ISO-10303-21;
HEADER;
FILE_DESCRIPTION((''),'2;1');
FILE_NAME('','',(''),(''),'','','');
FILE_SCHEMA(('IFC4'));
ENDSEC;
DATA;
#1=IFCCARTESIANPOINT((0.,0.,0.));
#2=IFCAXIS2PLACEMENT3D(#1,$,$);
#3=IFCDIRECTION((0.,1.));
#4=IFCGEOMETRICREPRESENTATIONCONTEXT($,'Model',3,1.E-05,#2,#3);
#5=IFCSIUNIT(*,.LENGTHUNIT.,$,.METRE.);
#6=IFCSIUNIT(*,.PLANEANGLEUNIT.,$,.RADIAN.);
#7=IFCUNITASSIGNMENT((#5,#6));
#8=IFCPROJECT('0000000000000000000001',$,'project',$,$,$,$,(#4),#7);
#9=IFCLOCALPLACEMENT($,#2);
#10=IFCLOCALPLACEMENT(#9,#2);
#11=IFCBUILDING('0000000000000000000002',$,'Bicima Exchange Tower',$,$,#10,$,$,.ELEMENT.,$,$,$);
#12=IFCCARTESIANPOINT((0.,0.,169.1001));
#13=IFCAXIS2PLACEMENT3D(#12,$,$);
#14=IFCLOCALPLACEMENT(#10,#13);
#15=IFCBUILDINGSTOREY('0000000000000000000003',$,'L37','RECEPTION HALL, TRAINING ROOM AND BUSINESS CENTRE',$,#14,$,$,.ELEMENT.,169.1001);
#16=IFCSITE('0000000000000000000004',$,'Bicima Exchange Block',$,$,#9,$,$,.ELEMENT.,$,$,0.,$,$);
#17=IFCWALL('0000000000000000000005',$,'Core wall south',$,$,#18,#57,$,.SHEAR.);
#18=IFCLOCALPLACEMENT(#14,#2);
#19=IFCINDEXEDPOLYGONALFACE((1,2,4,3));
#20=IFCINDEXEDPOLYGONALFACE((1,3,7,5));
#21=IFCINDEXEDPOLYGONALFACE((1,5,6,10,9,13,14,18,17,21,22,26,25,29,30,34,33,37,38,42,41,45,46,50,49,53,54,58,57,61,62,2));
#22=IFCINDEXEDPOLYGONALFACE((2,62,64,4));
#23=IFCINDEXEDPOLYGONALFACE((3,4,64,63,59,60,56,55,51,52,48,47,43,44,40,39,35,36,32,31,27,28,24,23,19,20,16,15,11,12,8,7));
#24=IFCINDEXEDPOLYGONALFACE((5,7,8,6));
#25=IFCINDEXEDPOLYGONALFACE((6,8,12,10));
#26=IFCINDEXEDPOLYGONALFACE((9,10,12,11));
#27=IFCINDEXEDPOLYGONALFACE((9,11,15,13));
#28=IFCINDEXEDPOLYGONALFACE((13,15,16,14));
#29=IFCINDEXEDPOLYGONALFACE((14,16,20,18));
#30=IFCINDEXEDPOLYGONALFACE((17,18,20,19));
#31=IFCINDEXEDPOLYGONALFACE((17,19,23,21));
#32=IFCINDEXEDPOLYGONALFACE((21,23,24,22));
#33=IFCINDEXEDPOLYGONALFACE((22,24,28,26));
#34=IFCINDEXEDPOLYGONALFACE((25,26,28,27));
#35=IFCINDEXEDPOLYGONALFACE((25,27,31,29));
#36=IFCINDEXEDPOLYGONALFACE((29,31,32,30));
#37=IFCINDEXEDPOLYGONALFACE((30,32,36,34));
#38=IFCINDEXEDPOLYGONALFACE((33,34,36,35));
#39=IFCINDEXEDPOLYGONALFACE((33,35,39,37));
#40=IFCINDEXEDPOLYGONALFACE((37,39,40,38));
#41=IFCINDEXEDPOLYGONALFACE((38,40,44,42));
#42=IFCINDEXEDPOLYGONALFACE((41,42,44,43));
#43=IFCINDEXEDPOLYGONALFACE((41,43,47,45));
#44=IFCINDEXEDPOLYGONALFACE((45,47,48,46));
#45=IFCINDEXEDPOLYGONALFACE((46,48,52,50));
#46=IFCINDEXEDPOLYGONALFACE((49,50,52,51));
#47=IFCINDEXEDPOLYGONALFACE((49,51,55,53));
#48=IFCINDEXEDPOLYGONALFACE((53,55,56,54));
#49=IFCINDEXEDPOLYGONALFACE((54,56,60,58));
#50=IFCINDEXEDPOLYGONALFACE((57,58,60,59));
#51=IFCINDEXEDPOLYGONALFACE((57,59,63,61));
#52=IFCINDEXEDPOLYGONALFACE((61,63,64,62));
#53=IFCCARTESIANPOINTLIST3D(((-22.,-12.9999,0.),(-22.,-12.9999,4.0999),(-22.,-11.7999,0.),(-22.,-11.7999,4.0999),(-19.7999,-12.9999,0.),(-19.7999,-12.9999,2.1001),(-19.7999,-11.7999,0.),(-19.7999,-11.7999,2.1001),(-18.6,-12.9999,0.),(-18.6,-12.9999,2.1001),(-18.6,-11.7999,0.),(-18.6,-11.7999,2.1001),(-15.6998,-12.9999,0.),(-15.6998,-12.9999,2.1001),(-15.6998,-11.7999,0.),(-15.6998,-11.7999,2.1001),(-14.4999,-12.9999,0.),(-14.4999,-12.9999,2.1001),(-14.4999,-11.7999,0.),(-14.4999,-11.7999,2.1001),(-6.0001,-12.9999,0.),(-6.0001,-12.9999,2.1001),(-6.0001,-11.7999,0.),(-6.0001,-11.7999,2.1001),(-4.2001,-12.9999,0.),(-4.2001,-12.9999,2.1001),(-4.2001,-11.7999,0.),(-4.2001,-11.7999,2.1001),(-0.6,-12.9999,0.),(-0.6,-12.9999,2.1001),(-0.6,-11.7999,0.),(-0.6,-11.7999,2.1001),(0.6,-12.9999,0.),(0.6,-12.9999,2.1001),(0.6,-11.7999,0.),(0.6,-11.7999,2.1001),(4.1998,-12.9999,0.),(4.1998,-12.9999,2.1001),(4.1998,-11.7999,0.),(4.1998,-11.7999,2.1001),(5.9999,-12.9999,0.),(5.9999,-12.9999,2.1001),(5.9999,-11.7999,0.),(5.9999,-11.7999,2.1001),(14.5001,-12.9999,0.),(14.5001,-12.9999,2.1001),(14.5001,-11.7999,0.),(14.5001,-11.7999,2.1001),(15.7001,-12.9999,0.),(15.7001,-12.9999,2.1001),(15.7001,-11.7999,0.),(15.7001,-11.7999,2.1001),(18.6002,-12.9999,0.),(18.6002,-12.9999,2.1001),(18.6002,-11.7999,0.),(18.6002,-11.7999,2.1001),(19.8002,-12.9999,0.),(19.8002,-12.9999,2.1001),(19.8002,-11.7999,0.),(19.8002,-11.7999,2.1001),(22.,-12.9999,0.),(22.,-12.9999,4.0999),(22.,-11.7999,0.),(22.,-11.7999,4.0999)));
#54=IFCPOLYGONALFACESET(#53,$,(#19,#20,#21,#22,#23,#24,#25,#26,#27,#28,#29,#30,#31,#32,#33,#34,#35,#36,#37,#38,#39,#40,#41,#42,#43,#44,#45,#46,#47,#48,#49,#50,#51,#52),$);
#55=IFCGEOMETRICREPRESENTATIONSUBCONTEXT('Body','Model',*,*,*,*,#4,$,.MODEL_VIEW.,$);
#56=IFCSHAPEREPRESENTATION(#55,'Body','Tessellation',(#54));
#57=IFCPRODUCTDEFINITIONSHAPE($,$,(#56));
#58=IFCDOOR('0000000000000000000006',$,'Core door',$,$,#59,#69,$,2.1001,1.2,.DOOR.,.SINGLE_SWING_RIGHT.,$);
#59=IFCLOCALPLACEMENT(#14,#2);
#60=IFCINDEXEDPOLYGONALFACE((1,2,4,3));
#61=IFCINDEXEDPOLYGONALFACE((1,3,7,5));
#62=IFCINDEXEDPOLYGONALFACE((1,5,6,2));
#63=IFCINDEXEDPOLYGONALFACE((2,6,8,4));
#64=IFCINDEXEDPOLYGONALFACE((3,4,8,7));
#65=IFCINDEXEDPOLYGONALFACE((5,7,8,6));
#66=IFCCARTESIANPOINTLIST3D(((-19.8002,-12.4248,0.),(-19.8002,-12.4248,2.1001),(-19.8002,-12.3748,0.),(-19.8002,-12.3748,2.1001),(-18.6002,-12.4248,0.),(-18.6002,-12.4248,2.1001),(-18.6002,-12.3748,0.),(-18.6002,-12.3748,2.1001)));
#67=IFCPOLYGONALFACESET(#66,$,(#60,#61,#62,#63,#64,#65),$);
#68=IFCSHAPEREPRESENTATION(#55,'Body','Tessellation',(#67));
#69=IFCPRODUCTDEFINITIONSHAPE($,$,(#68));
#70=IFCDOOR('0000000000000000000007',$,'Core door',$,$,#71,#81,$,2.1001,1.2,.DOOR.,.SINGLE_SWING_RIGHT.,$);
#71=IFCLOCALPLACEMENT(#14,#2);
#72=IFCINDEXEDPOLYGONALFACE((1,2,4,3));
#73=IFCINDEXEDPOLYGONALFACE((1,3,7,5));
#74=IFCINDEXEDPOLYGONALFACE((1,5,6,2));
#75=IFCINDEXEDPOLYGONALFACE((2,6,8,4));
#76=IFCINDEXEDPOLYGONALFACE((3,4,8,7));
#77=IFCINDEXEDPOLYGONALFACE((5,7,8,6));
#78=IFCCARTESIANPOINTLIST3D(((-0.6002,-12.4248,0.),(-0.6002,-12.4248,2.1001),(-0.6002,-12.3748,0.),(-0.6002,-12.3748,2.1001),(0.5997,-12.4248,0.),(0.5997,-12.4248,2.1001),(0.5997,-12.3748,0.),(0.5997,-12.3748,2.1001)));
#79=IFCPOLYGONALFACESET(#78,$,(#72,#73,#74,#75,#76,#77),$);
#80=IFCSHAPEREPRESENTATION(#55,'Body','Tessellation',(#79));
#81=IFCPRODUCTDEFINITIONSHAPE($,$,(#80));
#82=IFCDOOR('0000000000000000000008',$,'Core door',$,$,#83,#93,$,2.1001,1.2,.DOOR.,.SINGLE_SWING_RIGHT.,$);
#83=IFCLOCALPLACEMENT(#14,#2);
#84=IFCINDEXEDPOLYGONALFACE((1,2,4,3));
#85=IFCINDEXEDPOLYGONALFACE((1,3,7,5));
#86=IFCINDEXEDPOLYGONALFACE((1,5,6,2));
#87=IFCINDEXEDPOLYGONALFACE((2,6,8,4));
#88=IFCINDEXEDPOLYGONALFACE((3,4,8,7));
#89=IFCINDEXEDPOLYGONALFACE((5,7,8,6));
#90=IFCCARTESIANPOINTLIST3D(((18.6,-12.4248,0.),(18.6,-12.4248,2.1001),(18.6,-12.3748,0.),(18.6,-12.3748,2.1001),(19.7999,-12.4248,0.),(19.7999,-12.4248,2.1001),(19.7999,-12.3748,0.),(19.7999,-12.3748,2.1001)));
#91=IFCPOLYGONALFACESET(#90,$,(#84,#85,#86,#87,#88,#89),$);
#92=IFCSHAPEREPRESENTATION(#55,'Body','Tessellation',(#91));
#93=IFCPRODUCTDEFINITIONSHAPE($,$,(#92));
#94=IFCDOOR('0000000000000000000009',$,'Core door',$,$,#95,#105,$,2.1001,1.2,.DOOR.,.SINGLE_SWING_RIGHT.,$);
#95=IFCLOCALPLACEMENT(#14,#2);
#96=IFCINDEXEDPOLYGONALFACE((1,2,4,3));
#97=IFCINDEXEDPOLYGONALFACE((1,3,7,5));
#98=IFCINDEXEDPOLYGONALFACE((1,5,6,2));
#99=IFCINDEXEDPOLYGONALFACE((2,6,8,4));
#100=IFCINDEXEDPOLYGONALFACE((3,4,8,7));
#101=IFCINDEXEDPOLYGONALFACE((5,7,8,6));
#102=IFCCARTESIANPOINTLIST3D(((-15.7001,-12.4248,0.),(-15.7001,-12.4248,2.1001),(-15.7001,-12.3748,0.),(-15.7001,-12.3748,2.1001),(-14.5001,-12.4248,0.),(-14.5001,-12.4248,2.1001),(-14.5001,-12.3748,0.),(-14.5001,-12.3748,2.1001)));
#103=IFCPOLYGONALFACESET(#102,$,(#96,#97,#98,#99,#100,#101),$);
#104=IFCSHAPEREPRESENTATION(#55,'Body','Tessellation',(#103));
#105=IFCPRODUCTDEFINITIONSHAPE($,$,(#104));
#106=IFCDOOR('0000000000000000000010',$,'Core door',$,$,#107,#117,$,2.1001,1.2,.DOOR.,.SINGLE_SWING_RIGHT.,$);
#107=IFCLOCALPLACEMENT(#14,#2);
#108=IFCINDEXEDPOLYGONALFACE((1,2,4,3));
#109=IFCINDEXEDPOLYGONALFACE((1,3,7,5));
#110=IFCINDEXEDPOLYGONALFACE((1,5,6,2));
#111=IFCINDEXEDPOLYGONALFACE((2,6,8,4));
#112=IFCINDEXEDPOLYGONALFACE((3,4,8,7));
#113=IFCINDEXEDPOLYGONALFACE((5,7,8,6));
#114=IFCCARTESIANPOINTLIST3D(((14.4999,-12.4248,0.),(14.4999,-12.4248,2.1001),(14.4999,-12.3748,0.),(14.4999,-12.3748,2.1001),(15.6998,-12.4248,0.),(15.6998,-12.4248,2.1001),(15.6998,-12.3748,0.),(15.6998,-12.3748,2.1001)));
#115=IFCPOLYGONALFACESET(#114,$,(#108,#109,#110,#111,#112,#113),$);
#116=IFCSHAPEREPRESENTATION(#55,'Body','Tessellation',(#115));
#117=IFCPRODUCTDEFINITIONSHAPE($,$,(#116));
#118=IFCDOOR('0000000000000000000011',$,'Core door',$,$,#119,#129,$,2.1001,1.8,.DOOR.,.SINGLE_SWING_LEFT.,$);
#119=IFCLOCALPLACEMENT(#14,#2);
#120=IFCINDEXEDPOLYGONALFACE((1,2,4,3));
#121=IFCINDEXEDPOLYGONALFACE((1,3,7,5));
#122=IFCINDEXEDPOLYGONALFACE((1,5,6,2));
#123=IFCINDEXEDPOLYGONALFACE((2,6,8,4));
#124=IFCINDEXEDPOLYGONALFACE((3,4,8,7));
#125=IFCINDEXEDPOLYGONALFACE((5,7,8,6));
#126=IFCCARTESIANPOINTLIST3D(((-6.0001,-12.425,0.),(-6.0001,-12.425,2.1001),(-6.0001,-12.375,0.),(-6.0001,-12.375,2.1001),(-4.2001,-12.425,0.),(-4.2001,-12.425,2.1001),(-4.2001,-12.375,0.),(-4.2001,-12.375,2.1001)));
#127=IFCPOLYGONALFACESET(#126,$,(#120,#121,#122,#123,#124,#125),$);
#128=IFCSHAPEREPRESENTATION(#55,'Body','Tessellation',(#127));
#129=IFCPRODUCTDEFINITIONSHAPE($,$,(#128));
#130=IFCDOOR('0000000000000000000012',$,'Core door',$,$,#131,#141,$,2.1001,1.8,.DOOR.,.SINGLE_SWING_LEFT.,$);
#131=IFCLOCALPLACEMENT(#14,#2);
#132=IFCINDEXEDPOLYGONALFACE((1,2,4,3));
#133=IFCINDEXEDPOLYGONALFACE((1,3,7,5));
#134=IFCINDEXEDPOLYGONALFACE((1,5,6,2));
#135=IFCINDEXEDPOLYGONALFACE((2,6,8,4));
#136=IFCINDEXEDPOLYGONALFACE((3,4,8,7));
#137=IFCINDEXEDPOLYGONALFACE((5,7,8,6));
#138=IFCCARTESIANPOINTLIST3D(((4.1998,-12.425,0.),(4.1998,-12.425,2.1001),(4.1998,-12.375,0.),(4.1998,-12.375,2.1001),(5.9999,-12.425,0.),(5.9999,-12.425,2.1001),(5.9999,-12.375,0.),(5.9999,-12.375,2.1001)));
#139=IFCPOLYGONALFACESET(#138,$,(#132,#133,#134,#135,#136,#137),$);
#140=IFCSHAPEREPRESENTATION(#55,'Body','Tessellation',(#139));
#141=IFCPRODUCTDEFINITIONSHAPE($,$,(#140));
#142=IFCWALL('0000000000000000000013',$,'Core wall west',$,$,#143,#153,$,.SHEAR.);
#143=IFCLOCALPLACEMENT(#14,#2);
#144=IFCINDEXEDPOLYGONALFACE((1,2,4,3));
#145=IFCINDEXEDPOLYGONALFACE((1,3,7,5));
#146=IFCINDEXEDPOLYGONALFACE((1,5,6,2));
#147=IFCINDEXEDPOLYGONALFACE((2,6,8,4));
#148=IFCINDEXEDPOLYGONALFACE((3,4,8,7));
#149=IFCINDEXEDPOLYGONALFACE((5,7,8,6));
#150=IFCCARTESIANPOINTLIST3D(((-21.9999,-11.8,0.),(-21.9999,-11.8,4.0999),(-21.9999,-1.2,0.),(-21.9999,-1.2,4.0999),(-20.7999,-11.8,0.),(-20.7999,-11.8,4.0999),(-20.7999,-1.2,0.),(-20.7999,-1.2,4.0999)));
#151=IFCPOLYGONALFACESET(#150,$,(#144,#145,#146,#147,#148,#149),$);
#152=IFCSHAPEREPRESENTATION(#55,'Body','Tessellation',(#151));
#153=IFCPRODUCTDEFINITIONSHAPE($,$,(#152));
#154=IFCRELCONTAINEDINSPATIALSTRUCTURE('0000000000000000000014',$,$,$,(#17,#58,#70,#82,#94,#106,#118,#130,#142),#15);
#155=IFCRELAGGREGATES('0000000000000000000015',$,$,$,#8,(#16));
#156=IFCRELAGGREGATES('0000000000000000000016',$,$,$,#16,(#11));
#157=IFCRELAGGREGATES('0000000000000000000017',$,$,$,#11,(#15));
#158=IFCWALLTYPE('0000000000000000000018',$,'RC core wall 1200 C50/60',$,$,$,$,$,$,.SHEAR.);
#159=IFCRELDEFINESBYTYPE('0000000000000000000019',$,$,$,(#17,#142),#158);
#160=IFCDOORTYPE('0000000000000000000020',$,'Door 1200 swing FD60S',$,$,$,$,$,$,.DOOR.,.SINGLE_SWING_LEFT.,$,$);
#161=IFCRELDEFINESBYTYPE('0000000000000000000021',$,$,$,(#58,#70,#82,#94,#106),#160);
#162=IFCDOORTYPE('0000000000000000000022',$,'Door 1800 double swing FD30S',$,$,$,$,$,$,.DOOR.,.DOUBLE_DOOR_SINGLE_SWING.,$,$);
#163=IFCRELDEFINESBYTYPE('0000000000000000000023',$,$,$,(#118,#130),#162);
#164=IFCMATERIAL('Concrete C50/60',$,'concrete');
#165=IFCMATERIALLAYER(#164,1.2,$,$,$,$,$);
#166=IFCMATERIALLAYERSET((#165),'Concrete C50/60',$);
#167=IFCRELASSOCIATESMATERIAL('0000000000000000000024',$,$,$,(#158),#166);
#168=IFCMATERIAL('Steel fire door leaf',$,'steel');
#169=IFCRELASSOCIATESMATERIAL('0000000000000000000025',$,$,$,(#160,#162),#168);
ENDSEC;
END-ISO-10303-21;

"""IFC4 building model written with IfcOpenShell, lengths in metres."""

from ifc_helpers import new_model, si_unit, direction, frame, frame_2d, origin, place, context, subcontext, project, spatial, rectangle, extrude, material, layer, layer_set, type_object, element, fill, save


model = new_model("IFC4")

# Units and contexts
model_context = context("Model", 3, precision=1e-05, world=origin(), true_north=direction((0.0, 1.0)))
body_context = subcontext(model_context, "Body", "Model", "MODEL_VIEW")
ifc_project = project(units=[si_unit("LENGTHUNIT", "METRE"), si_unit("PLANEANGLEUNIT", "RADIAN")], contexts=[model_context])

# Site, building, storey
site_placement = place(None, origin())
site = spatial("IfcSite", under=ifc_project, at=site_placement, Name="Bicima Exchange Block", CompositionType="ELEMENT", RefElevation=0.0)
building_placement = place(site_placement, origin())
building = spatial("IfcBuilding", under=site, at=building_placement, Name="Bicima Exchange Tower", CompositionType="ELEMENT")
storey_placement = place(building_placement, frame((0.0, 0.0, 169.1001)))
storey = spatial("IfcBuildingStorey", under=building, at=storey_placement, Name="L37", Description="RECEPTION HALL, TRAINING ROOM AND BUSINESS CENTRE", CompositionType="ELEMENT", Elevation=169.1001)

# Wall, openings, doors
ifc_material_1 = material(Name="Concrete C50/60", Category="concrete")
ifc_layer_1 = layer(ifc_material_1, 1.2)
ifc_layer_set_1 = layer_set([ifc_layer_1], Name="Concrete C50/60")
wall_type_1 = type_object("IfcWallType", Name="RC core wall 1200 C50/60", PredefinedType="SHEAR", material=ifc_layer_set_1)
wall_1_placement = place(storey_placement, frame((-22.0, -12.3999, 0.0), z_axis=(0.0, 0.0, 1.0), x_axis=(1.0, 0.0, 0.0)))
wall_1 = element("IfcWall", 1, at=wall_1_placement, inside=storey, type_object=wall_type_1, Name="Core wall south", PredefinedType="SHEAR", context=body_context, shape_type="SweptSolid", body=[
    extrude(rectangle(XDim=44.0, YDim=1.2, at=frame_2d((22.0, 0.0))), origin(), (0.0, 0.0, 1.0), 4.0999),
])
opening_1_placement = place(wall_1_placement, frame((2.2, 0.0, 0.0)))
opening_1 = element("IfcOpeningElement", 2, at=opening_1_placement, cuts=wall_1, PredefinedType="OPENING", context=body_context, shape_type="SweptSolid", body=[
    extrude(rectangle(XDim=1.2, YDim=2.1001, at=frame_2d((0.6001, 1.05))), frame((0.0, 0.6118, 0.0), z_axis=(0.0, -1.0, 0.0), x_axis=(1.0, 0.0, 0.0)), (0.0, 0.0, 1.0), 1.2239),
])
opening_2_placement = place(wall_1_placement, frame((21.3999, 0.0, 0.0)))
opening_2 = element("IfcOpeningElement", 3, at=opening_2_placement, cuts=wall_1, PredefinedType="OPENING", context=body_context, shape_type="SweptSolid", body=[
    extrude(rectangle(XDim=1.2, YDim=2.1001, at=frame_2d((0.6001, 1.05))), frame((0.0, 0.6118, 0.0), z_axis=(0.0, -1.0, 0.0), x_axis=(1.0, 0.0, 0.0)), (0.0, 0.0, 1.0), 1.2239),
])
opening_3_placement = place(wall_1_placement, frame((40.6001, 0.0, 0.0)))
opening_3 = element("IfcOpeningElement", 4, at=opening_3_placement, cuts=wall_1, PredefinedType="OPENING", context=body_context, shape_type="SweptSolid", body=[
    extrude(rectangle(XDim=1.2, YDim=2.1001, at=frame_2d((0.6001, 1.05))), frame((0.0, 0.6118, 0.0), z_axis=(0.0, -1.0, 0.0), x_axis=(1.0, 0.0, 0.0)), (0.0, 0.0, 1.0), 1.2239),
])
opening_4_placement = place(wall_1_placement, frame((16.0, 0.0, 0.0)))
opening_4 = element("IfcOpeningElement", 5, at=opening_4_placement, cuts=wall_1, PredefinedType="OPENING", context=body_context, shape_type="SweptSolid", body=[
    extrude(rectangle(XDim=1.8, YDim=2.1001, at=frame_2d((0.8999, 1.05))), frame((0.0, 0.6118, 0.0), z_axis=(0.0, -1.0, 0.0), x_axis=(1.0, 0.0, 0.0)), (0.0, 0.0, 1.0), 1.2239),
])
opening_5_placement = place(wall_1_placement, frame((6.3, 0.0, 0.0)))
opening_5 = element("IfcOpeningElement", 6, at=opening_5_placement, cuts=wall_1, PredefinedType="OPENING", context=body_context, shape_type="SweptSolid", body=[
    extrude(rectangle(XDim=1.2, YDim=2.1001, at=frame_2d((0.6001, 1.05))), frame((0.0, 0.6118, 0.0), z_axis=(0.0, -1.0, 0.0), x_axis=(1.0, 0.0, 0.0)), (0.0, 0.0, 1.0), 1.2239),
])
opening_6_placement = place(wall_1_placement, frame((26.2, 0.0, 0.0)))
opening_6 = element("IfcOpeningElement", 7, at=opening_6_placement, cuts=wall_1, PredefinedType="OPENING", context=body_context, shape_type="SweptSolid", body=[
    extrude(rectangle(XDim=1.8, YDim=2.1001, at=frame_2d((0.8999, 1.05))), frame((0.0, 0.6118, 0.0), z_axis=(0.0, -1.0, 0.0), x_axis=(1.0, 0.0, 0.0)), (0.0, 0.0, 1.0), 1.2239),
])
opening_7_placement = place(wall_1_placement, frame((36.5, 0.0, 0.0)))
opening_7 = element("IfcOpeningElement", 8, at=opening_7_placement, cuts=wall_1, PredefinedType="OPENING", context=body_context, shape_type="SweptSolid", body=[
    extrude(rectangle(XDim=1.2, YDim=2.1001, at=frame_2d((0.6001, 1.05))), frame((0.0, 0.6118, 0.0), z_axis=(0.0, -1.0, 0.0), x_axis=(1.0, 0.0, 0.0)), (0.0, 0.0, 1.0), 1.2239),
])
ifc_material_2 = material(Name="Steel fire door leaf", Category="steel")
door_type_1 = type_object("IfcDoorType", Name="Door 1200 swing FD60S", OperationType="SINGLE_SWING_LEFT", PredefinedType="DOOR", material=ifc_material_2)
door_1_placement = place(opening_1_placement, frame((1.2, 0.0, 0.0), z_axis=(0.0, 0.0, 1.0), x_axis=(-1.0, 0.0, 0.0)))
door_1 = element("IfcDoor", 9, at=door_1_placement, inside=storey, type_object=door_type_1, Name="Core door", OperationType="SINGLE_SWING_RIGHT", OverallHeight=2.1001, OverallWidth=1.2, PredefinedType="DOOR", context=body_context, shape_type="SweptSolid", body=[
    extrude(rectangle(XDim=1.2, YDim=2.1001, at=frame_2d((0.6001, 1.05))), frame((0.0, 0.0249, 0.0), z_axis=(0.0, -1.0, 0.0), x_axis=(1.0, 0.0, 0.0)), (0.0, 0.0, 1.0), 0.05),
])
fill(opening_1, door_1)
door_2_placement = place(opening_2_placement, frame((1.2, 0.0, 0.0), z_axis=(0.0, 0.0, 1.0), x_axis=(-1.0, 0.0, 0.0)))
door_2 = element("IfcDoor", 10, at=door_2_placement, inside=storey, type_object=door_type_1, Name="Core door", OperationType="SINGLE_SWING_RIGHT", OverallHeight=2.1001, OverallWidth=1.2, PredefinedType="DOOR", context=body_context, shape_type="SweptSolid", body=[
    extrude(rectangle(XDim=1.2, YDim=2.1001, at=frame_2d((0.6001, 1.05))), frame((0.0, 0.0249, 0.0), z_axis=(0.0, -1.0, 0.0), x_axis=(1.0, 0.0, 0.0)), (0.0, 0.0, 1.0), 0.05),
])
fill(opening_2, door_2)
door_3_placement = place(opening_3_placement, frame((1.2, 0.0, 0.0), z_axis=(0.0, 0.0, 1.0), x_axis=(-1.0, 0.0, 0.0)))
door_3 = element("IfcDoor", 11, at=door_3_placement, inside=storey, type_object=door_type_1, Name="Core door", OperationType="SINGLE_SWING_RIGHT", OverallHeight=2.1001, OverallWidth=1.2, PredefinedType="DOOR", context=body_context, shape_type="SweptSolid", body=[
    extrude(rectangle(XDim=1.2, YDim=2.1001, at=frame_2d((0.6001, 1.05))), frame((0.0, 0.0249, 0.0), z_axis=(0.0, -1.0, 0.0), x_axis=(1.0, 0.0, 0.0)), (0.0, 0.0, 1.0), 0.05),
])
fill(opening_3, door_3)
door_4_placement = place(opening_5_placement, frame((1.2, 0.0, 0.0), z_axis=(0.0, 0.0, 1.0), x_axis=(-1.0, 0.0, 0.0)))
door_4 = element("IfcDoor", 12, at=door_4_placement, inside=storey, type_object=door_type_1, Name="Core door", OperationType="SINGLE_SWING_RIGHT", OverallHeight=2.1001, OverallWidth=1.2, PredefinedType="DOOR", context=body_context, shape_type="SweptSolid", body=[
    extrude(rectangle(XDim=1.2, YDim=2.1001, at=frame_2d((0.6001, 1.05))), frame((0.0, 0.0249, 0.0), z_axis=(0.0, -1.0, 0.0), x_axis=(1.0, 0.0, 0.0)), (0.0, 0.0, 1.0), 0.05),
])
fill(opening_5, door_4)
door_5_placement = place(opening_7_placement, frame((1.2, 0.0, 0.0), z_axis=(0.0, 0.0, 1.0), x_axis=(-1.0, 0.0, 0.0)))
door_5 = element("IfcDoor", 13, at=door_5_placement, inside=storey, type_object=door_type_1, Name="Core door", OperationType="SINGLE_SWING_RIGHT", OverallHeight=2.1001, OverallWidth=1.2, PredefinedType="DOOR", context=body_context, shape_type="SweptSolid", body=[
    extrude(rectangle(XDim=1.2, YDim=2.1001, at=frame_2d((0.6001, 1.05))), frame((0.0, 0.0249, 0.0), z_axis=(0.0, -1.0, 0.0), x_axis=(1.0, 0.0, 0.0)), (0.0, 0.0, 1.0), 0.05),
])
fill(opening_7, door_5)
door_type_2 = type_object("IfcDoorType", Name="Door 1800 double swing FD30S", OperationType="DOUBLE_DOOR_SINGLE_SWING", PredefinedType="DOOR", material=ifc_material_2)
door_6_placement = place(opening_4_placement, origin())
door_6 = element("IfcDoor", 14, at=door_6_placement, inside=storey, type_object=door_type_2, Name="Core door", OperationType="SINGLE_SWING_LEFT", OverallHeight=2.1001, OverallWidth=1.8, PredefinedType="DOOR", context=body_context, shape_type="SweptSolid", body=[
    extrude(rectangle(XDim=1.8, YDim=2.1001, at=frame_2d((0.8999, 1.05))), frame((0.0, 0.0249, 0.0), z_axis=(0.0, -1.0, 0.0), x_axis=(1.0, 0.0, 0.0)), (0.0, 0.0, 1.0), 0.05),
])
fill(opening_4, door_6)
door_7_placement = place(opening_6_placement, origin())
door_7 = element("IfcDoor", 15, at=door_7_placement, inside=storey, type_object=door_type_2, Name="Core door", OperationType="SINGLE_SWING_LEFT", OverallHeight=2.1001, OverallWidth=1.8, PredefinedType="DOOR", context=body_context, shape_type="SweptSolid", body=[
    extrude(rectangle(XDim=1.8, YDim=2.1001, at=frame_2d((0.8999, 1.05))), frame((0.0, 0.0249, 0.0), z_axis=(0.0, -1.0, 0.0), x_axis=(1.0, 0.0, 0.0)), (0.0, 0.0, 1.0), 0.05),
])
fill(opening_6, door_7)

# Wall
wall_2_placement = place(storey_placement, frame((-21.3999, -11.8, 0.0), z_axis=(0.0, 0.0, 1.0), x_axis=(0.0, 1.0, 0.0)))
element("IfcWall", 16, at=wall_2_placement, inside=storey, type_object=wall_type_1, Name="Core wall west", PredefinedType="SHEAR", context=body_context, shape_type="SweptSolid", body=[
    extrude(rectangle(XDim=10.6001, YDim=1.2, at=frame_2d((5.3, 0.0))), origin(), (0.0, 0.0, 1.0), 4.0999),
])

save(model, "model.ifc")
